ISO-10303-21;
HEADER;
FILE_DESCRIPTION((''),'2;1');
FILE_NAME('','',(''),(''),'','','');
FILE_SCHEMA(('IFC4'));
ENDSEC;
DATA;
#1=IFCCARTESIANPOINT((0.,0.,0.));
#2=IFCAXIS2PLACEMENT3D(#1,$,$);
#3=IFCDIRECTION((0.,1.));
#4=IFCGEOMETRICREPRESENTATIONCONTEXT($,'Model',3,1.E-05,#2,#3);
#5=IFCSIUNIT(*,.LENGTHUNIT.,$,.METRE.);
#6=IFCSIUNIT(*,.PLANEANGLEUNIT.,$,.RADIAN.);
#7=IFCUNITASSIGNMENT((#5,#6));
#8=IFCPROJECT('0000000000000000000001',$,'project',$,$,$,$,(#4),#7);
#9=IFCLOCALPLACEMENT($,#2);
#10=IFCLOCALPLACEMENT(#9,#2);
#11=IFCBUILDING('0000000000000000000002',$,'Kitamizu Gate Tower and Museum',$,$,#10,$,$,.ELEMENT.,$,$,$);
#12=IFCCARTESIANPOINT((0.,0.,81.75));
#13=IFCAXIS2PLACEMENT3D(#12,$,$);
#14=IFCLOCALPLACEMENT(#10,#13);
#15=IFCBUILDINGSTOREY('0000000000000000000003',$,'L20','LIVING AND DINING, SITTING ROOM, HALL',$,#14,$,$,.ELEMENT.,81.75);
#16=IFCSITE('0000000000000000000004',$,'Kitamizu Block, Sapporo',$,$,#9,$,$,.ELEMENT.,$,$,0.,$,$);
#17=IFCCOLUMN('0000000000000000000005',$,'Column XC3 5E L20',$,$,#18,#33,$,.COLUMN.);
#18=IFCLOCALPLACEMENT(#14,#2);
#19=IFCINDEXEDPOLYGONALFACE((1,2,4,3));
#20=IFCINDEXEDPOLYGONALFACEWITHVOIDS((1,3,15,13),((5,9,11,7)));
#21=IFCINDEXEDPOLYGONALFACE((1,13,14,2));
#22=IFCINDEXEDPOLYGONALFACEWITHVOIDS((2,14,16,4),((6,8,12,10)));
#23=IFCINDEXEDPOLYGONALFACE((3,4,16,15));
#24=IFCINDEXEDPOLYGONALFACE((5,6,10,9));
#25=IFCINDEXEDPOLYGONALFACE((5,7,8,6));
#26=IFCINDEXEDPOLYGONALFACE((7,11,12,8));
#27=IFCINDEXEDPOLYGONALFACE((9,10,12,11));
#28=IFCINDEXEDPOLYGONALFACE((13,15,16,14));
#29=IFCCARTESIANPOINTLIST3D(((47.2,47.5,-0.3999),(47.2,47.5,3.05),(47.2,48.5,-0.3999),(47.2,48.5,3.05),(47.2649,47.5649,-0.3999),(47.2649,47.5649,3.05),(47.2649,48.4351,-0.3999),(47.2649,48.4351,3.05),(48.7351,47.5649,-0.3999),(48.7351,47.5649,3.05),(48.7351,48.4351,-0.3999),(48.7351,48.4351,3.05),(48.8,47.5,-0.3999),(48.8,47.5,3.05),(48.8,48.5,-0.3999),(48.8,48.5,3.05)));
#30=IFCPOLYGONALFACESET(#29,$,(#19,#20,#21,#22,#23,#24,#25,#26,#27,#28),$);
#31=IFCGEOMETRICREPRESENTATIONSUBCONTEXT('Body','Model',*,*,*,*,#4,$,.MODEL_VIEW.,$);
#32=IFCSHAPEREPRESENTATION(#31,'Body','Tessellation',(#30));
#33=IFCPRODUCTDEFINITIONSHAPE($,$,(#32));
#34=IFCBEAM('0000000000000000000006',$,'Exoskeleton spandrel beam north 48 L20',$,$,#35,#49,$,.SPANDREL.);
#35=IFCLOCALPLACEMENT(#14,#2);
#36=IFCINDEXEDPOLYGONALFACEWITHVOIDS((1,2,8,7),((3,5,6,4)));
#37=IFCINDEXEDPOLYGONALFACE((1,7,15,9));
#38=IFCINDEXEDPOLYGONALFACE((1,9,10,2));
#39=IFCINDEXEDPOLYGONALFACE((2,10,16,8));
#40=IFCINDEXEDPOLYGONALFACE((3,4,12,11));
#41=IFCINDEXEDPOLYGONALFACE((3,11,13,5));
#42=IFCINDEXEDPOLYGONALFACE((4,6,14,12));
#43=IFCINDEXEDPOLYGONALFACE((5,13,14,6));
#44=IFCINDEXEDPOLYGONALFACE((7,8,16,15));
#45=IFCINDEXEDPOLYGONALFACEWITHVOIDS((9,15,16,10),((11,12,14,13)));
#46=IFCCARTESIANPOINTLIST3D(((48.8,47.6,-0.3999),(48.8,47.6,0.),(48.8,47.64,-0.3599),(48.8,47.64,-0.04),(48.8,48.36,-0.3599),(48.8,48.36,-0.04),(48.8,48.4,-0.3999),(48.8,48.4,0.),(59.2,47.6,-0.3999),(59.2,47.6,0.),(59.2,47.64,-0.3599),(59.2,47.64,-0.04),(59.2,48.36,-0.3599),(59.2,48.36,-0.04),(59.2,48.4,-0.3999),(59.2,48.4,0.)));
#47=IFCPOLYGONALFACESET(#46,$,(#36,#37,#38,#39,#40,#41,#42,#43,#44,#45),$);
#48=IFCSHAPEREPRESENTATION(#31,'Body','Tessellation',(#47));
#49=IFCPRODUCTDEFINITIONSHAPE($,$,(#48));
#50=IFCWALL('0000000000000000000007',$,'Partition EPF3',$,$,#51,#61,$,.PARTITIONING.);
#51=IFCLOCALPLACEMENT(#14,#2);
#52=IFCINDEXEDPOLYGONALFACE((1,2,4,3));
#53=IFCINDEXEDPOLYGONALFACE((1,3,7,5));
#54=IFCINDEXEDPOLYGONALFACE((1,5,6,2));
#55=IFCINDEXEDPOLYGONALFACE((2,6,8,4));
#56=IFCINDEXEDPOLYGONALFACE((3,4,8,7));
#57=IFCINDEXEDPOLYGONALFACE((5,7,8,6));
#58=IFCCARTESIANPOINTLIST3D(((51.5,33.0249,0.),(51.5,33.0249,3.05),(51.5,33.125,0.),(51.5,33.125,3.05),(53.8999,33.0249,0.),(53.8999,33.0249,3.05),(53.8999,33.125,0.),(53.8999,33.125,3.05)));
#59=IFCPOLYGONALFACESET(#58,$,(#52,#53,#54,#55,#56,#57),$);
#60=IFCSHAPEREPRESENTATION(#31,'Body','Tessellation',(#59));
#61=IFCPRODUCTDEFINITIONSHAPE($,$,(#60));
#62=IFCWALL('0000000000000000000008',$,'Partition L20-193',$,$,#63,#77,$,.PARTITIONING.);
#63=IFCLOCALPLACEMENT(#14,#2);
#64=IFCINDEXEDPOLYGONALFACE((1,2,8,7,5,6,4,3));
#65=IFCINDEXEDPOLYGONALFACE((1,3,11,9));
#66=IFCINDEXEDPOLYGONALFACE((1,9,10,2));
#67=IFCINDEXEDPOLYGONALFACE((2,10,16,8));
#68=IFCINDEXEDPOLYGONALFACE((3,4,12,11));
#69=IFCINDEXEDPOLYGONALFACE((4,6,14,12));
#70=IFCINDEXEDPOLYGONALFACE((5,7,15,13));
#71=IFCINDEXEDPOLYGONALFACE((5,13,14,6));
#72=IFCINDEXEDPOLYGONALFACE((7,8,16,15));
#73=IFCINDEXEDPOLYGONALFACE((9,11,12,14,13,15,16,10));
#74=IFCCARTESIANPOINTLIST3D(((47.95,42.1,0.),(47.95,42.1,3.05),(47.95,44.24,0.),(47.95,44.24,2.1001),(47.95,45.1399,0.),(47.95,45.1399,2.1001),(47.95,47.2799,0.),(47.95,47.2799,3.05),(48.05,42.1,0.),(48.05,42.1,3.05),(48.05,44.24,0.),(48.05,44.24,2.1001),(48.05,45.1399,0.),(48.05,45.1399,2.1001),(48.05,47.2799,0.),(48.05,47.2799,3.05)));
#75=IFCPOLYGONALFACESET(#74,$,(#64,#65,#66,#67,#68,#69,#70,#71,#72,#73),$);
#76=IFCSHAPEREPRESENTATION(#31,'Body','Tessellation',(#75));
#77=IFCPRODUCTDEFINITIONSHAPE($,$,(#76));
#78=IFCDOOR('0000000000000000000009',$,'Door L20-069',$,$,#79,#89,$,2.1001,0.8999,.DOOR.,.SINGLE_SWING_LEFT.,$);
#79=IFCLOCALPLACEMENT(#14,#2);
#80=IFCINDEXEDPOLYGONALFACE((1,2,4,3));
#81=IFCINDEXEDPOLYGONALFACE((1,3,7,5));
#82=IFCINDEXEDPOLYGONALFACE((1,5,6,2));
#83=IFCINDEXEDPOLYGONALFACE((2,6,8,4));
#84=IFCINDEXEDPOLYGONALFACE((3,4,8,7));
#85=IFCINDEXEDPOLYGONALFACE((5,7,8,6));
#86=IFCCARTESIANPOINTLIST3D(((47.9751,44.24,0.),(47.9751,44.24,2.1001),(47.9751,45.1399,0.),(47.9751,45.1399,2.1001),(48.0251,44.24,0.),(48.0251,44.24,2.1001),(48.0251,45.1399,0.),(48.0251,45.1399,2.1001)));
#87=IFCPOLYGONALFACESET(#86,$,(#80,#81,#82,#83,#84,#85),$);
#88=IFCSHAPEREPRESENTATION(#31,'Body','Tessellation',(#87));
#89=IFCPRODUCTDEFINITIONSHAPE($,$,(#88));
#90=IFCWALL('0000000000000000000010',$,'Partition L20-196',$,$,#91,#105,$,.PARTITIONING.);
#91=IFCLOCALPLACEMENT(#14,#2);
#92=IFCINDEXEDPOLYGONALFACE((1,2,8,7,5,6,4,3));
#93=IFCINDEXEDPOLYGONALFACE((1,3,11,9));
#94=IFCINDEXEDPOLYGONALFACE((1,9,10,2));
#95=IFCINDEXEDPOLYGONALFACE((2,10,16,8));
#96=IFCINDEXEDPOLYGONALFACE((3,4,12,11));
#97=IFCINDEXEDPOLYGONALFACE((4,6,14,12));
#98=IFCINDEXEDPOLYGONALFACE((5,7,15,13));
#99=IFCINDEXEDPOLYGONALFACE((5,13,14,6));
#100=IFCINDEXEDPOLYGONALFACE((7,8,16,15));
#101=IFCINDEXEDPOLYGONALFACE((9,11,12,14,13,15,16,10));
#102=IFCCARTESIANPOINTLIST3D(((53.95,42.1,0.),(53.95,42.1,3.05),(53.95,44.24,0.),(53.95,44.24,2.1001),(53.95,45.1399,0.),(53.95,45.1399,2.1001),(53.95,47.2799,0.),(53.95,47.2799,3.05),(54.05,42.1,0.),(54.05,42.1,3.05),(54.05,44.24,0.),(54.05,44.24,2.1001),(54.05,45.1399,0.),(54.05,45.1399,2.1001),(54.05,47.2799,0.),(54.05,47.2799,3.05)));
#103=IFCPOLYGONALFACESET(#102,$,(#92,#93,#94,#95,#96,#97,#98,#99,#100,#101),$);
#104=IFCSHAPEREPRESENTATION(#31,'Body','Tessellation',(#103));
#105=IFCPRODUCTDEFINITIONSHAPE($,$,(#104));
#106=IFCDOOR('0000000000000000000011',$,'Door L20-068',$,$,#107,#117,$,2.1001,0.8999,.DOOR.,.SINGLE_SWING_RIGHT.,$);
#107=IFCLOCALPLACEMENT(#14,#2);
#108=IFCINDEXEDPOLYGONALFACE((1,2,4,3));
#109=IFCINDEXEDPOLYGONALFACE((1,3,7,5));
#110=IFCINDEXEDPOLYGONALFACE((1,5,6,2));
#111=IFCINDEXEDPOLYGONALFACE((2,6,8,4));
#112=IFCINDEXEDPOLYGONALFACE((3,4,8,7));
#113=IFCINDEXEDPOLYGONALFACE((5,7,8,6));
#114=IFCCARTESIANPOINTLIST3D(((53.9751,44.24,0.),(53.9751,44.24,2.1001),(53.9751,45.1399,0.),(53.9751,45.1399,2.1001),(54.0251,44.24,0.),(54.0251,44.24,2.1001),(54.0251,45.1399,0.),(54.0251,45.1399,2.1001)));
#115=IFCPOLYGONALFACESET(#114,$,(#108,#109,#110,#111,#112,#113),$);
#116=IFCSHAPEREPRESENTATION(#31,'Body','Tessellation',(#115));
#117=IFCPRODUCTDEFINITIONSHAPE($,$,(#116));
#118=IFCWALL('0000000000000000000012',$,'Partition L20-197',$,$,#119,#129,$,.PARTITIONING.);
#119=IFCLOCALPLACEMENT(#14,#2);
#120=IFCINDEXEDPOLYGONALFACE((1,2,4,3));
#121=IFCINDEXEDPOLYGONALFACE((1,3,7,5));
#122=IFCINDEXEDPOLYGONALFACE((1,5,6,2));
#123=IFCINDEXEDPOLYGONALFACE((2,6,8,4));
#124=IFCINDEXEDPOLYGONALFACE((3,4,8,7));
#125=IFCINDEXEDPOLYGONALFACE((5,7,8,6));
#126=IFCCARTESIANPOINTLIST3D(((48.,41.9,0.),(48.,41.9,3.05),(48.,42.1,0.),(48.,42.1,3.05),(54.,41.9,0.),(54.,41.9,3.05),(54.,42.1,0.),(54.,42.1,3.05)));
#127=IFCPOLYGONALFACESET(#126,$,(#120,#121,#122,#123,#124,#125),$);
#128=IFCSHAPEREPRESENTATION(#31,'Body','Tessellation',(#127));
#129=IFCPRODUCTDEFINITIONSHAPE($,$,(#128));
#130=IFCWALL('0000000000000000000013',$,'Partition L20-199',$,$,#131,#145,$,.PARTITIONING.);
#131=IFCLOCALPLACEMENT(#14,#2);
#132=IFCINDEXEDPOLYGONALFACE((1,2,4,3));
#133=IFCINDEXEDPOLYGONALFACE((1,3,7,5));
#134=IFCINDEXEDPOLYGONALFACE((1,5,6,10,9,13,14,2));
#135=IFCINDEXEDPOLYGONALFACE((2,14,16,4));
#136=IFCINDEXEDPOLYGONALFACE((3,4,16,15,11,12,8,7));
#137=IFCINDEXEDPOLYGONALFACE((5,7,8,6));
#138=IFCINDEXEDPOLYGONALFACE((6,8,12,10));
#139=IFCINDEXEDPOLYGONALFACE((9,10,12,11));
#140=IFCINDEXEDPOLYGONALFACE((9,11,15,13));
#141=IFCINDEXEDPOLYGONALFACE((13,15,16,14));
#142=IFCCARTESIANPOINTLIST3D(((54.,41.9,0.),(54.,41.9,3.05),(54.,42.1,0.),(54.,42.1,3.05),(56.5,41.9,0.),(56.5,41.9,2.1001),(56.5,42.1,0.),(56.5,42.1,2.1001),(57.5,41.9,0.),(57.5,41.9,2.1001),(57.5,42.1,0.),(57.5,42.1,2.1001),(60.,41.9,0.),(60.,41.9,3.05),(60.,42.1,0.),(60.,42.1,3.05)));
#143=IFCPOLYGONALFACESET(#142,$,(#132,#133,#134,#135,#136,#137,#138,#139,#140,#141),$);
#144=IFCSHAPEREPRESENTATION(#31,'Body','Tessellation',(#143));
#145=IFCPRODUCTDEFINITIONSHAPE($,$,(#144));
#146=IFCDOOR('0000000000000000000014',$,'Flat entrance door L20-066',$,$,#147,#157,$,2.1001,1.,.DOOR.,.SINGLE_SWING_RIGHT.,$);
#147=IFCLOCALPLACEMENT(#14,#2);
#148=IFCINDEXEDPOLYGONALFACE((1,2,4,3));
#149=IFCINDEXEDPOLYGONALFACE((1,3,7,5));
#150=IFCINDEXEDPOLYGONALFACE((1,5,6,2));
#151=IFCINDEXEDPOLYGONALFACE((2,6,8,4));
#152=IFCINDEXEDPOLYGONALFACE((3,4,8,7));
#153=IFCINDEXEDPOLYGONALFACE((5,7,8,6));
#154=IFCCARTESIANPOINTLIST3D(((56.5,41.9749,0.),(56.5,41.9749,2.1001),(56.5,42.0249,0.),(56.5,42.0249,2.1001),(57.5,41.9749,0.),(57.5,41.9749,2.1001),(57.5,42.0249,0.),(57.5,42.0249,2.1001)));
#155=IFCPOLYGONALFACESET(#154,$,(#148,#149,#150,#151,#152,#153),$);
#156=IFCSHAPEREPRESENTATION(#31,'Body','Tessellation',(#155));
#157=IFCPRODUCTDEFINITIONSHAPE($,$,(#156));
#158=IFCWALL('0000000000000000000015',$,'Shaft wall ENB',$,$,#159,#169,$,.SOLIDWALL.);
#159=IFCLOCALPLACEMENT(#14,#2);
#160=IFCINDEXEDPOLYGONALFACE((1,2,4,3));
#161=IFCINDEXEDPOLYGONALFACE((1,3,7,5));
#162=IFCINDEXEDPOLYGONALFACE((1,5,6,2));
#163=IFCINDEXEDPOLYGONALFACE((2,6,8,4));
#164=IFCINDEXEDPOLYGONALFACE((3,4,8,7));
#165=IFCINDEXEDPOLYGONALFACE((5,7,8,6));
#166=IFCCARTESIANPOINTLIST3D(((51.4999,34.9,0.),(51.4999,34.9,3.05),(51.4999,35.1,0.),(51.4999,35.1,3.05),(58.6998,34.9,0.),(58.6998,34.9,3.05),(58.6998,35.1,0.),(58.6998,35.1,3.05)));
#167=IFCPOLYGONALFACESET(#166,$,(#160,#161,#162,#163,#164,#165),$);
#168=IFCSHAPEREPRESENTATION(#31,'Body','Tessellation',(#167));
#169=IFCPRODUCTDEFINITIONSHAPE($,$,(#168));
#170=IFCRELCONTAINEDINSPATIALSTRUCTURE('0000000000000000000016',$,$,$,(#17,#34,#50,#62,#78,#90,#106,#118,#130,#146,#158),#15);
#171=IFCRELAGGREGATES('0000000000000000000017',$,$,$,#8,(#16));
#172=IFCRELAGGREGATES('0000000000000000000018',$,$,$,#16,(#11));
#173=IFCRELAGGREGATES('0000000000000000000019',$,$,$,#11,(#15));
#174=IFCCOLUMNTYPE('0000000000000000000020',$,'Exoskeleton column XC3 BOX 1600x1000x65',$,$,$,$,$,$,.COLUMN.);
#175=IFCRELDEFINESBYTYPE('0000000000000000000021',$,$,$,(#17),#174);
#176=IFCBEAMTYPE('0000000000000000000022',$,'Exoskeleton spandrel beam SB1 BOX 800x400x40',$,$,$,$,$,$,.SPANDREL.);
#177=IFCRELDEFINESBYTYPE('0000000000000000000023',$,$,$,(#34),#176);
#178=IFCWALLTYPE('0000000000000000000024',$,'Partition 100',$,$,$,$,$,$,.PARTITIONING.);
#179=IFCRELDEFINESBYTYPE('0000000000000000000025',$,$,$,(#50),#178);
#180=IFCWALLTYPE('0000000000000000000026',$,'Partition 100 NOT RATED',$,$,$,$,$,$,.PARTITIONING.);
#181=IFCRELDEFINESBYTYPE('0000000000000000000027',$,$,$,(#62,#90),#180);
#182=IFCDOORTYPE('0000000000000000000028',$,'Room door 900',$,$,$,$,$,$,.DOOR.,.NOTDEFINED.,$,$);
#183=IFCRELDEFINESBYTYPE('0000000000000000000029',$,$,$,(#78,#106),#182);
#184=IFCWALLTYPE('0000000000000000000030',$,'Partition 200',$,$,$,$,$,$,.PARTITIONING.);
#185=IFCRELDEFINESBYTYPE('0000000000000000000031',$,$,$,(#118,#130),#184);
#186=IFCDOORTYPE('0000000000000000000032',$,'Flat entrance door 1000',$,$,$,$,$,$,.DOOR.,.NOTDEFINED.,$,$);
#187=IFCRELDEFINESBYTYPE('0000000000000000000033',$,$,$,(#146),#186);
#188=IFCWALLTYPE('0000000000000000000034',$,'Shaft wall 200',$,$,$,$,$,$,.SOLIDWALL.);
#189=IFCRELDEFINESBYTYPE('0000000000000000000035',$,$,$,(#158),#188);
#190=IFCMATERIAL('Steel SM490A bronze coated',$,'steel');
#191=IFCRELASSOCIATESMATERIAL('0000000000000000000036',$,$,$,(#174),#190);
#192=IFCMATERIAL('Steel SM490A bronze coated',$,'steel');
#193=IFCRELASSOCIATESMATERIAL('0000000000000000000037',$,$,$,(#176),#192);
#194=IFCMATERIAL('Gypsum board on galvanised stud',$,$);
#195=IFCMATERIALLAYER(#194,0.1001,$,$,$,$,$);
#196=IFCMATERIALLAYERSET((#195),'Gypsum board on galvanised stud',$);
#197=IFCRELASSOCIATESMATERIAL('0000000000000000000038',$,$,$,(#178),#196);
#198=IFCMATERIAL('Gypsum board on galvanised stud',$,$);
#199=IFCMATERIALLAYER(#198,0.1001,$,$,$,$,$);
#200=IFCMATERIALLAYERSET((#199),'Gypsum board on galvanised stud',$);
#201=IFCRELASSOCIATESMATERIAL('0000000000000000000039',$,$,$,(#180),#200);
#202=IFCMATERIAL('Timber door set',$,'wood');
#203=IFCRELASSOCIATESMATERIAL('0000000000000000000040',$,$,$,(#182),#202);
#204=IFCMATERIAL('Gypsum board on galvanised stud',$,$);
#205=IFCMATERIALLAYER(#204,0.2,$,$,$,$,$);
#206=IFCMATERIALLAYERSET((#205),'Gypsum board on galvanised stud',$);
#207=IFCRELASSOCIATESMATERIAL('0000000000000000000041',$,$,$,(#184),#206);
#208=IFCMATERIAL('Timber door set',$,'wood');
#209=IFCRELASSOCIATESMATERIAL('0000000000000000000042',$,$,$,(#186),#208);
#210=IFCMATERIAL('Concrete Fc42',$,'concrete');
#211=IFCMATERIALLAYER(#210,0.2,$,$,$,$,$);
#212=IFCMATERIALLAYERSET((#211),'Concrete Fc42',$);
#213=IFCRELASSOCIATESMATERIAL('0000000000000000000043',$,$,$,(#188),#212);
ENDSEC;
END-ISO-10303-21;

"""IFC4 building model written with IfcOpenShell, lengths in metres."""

from ifc_helpers import new_model, si_unit, direction, frame, frame_2d, origin, origin_2d, place, context, subcontext, project, spatial, rectangle, hollow_rectangle, extrude, material, layer, layer_set, material_profile, profile_set, type_object, element, fill, save


model = new_model("IFC4")

# Units and contexts
model_context = context("Model", 3, precision=1e-05, world=origin(), true_north=direction((0.0, 1.0)))
body_context = subcontext(model_context, "Body", "Model", "MODEL_VIEW")
ifc_project = project(units=[si_unit("LENGTHUNIT", "METRE"), si_unit("PLANEANGLEUNIT", "RADIAN")], contexts=[model_context])

# Site, building, storey
site_placement = place(None, origin())
site = spatial("IfcSite", under=ifc_project, at=site_placement, Name="Kitamizu Block, Sapporo", CompositionType="ELEMENT", RefElevation=0.0)
building_placement = place(site_placement, origin())
building = spatial("IfcBuilding", under=site, at=building_placement, Name="Kitamizu Gate Tower and Museum", CompositionType="ELEMENT")
storey_placement = place(building_placement, frame((0.0, 0.0, 81.75)))
storey = spatial("IfcBuildingStorey", under=building, at=storey_placement, Name="L20", Description="LIVING AND DINING, SITTING ROOM, HALL", CompositionType="ELEMENT", Elevation=81.75)

# Column
ifc_material_1 = material(Name="Steel SM490A bronze coated", Category="steel")
ifc_material_profile_1 = material_profile(ifc_material_1, hollow_rectangle(XDim=1.6001, YDim=1.0, WallThickness=0.0649, at=origin_2d()), Name="BOX 1600x1000x65")
ifc_profile_set_1 = profile_set([ifc_material_profile_1], Name="Steel SM490A bronze coated")
column_type = type_object("IfcColumnType", Name="Exoskeleton column XC3 BOX 1600x1000x65", PredefinedType="COLUMN", material=ifc_profile_set_1)
column_placement = place(storey_placement, frame((48.0, 48.0, -0.3999), z_axis=(0.0, 0.0, 1.0), x_axis=(1.0, 0.0, 0.0)))
element("IfcColumn", 1, at=column_placement, inside=storey, type_object=column_type, Name="Column XC3 5E L20", PredefinedType="COLUMN", context=body_context, shape_type="SweptSolid", body=[
    extrude(hollow_rectangle(XDim=1.6001, YDim=1.0, WallThickness=0.0649, at=origin_2d()), origin(), (0.0, 0.0, 1.0), 3.45),
])

# Beam
ifc_material_2 = material(Name="Steel SM490A bronze coated", Category="steel")
ifc_material_profile_2 = material_profile(ifc_material_2, hollow_rectangle(XDim=0.8, YDim=0.3999, WallThickness=0.04, at=origin_2d()), Name="BOX 800x400x40")
ifc_profile_set_2 = profile_set([ifc_material_profile_2], Name="Steel SM490A bronze coated")
beam_type = type_object("IfcBeamType", Name="Exoskeleton spandrel beam SB1 BOX 800x400x40", PredefinedType="SPANDREL", material=ifc_profile_set_2)
beam_placement = place(storey_placement, frame((48.8, 48.0, -0.2), z_axis=(1.0, 0.0, 0.0), x_axis=(0.0, 1.0, 0.0)))
element("IfcBeam", 2, at=beam_placement, inside=storey, type_object=beam_type, Name="Exoskeleton spandrel beam north 48 L20", PredefinedType="SPANDREL", context=body_context, shape_type="SweptSolid", body=[
    extrude(hollow_rectangle(XDim=0.8, YDim=0.3999, WallThickness=0.04, at=origin_2d()), origin(), (0.0, 0.0, 1.0), 10.3999),
])

# Wall
ifc_material_3 = material(Name="Gypsum board on galvanised stud")
ifc_layer_1 = layer(ifc_material_3, 0.1001)
ifc_layer_set_1 = layer_set([ifc_layer_1], Name="Gypsum board on galvanised stud")
wall_type_1 = type_object("IfcWallType", Name="Partition 100", PredefinedType="PARTITIONING", material=ifc_layer_set_1)
wall_1_placement = place(storey_placement, frame((53.8999, 33.075, 0.0), z_axis=(0.0, 0.0, 1.0), x_axis=(-1.0, 0.0, 0.0)))
element("IfcWall", 3, at=wall_1_placement, inside=storey, type_object=wall_type_1, Name="Partition EPF3", PredefinedType="PARTITIONING", context=body_context, shape_type="SweptSolid", body=[
    extrude(rectangle(XDim=2.3999, YDim=0.1001, at=frame_2d((1.2, 0.0))), origin(), (0.0, 0.0, 1.0), 3.05),
])

# Walls, openings, doors
ifc_material_4 = material(Name="Gypsum board on galvanised stud")
ifc_layer_2 = layer(ifc_material_4, 0.1001)
ifc_layer_set_2 = layer_set([ifc_layer_2], Name="Gypsum board on galvanised stud")
wall_type_2 = type_object("IfcWallType", Name="Partition 100 NOT RATED", PredefinedType="PARTITIONING", material=ifc_layer_set_2)
wall_2_placement = place(storey_placement, frame((48.0, 42.1001, 0.0), z_axis=(0.0, 0.0, 1.0), x_axis=(0.0, 1.0, 0.0)))
wall_2 = element("IfcWall", 4, at=wall_2_placement, inside=storey, type_object=wall_type_2, Name="Partition L20-193", PredefinedType="PARTITIONING", context=body_context, shape_type="SweptSolid", body=[
    extrude(rectangle(XDim=5.1799, YDim=0.1001, at=frame_2d((2.5898, 0.0))), origin(), (0.0, 0.0, 1.0), 3.05),
])
opening_1_placement = place(wall_2_placement, frame((2.1399, 0.0, 0.0)))
opening_1 = element("IfcOpeningElement", 5, at=opening_1_placement, cuts=wall_2, PredefinedType="OPENING", context=body_context, shape_type="SweptSolid", body=[
    extrude(rectangle(XDim=0.8999, YDim=2.1001, at=frame_2d((0.45, 1.05))), frame((0.0, 0.0601, 0.0), z_axis=(0.0, -1.0, 0.0), x_axis=(1.0, 0.0, 0.0)), (0.0, 0.0, 1.0), 0.1201),
])
ifc_material_5 = material(Name="Timber door set", Category="wood")
door_type_1 = type_object("IfcDoorType", Name="Room door 900", OperationType="NOTDEFINED", PredefinedType="DOOR", material=ifc_material_5)
door_1_placement = place(opening_1_placement, origin())
door_1 = element("IfcDoor", 6, at=door_1_placement, inside=storey, type_object=door_type_1, Name="Door L20-069", OperationType="SINGLE_SWING_LEFT", OverallHeight=2.1001, OverallWidth=0.8999, PredefinedType="DOOR", context=body_context, shape_type="SweptSolid", body=[
    extrude(rectangle(XDim=0.8999, YDim=2.1001, at=frame_2d((0.45, 1.05))), frame((0.0, 0.0249, 0.0), z_axis=(0.0, -1.0, 0.0), x_axis=(1.0, 0.0, 0.0)), (0.0, 0.0, 1.0), 0.05),
])
fill(opening_1, door_1)
wall_3_placement = place(storey_placement, frame((54.0, 42.1001, 0.0), z_axis=(0.0, 0.0, 1.0), x_axis=(0.0, 1.0, 0.0)))
wall_3 = element("IfcWall", 7, at=wall_3_placement, inside=storey, type_object=wall_type_2, Name="Partition L20-196", PredefinedType="PARTITIONING", context=body_context, shape_type="SweptSolid", body=[
    extrude(rectangle(XDim=5.1799, YDim=0.1001, at=frame_2d((2.5898, 0.0))), origin(), (0.0, 0.0, 1.0), 3.05),
])
opening_2_placement = place(wall_3_placement, frame((2.1399, 0.0, 0.0)))
opening_2 = element("IfcOpeningElement", 8, at=opening_2_placement, cuts=wall_3, PredefinedType="OPENING", context=body_context, shape_type="SweptSolid", body=[
    extrude(rectangle(XDim=0.8999, YDim=2.1001, at=frame_2d((0.45, 1.05))), frame((0.0, 0.0601, 0.0), z_axis=(0.0, -1.0, 0.0), x_axis=(1.0, 0.0, 0.0)), (0.0, 0.0, 1.0), 0.1201),
])
door_2_placement = place(opening_2_placement, origin())
door_2 = element("IfcDoor", 9, at=door_2_placement, inside=storey, type_object=door_type_1, Name="Door L20-068", OperationType="SINGLE_SWING_RIGHT", OverallHeight=2.1001, OverallWidth=0.8999, PredefinedType="DOOR", context=body_context, shape_type="SweptSolid", body=[
    extrude(rectangle(XDim=0.8999, YDim=2.1001, at=frame_2d((0.45, 1.05))), frame((0.0, 0.0249, 0.0), z_axis=(0.0, -1.0, 0.0), x_axis=(1.0, 0.0, 0.0)), (0.0, 0.0, 1.0), 0.05),
])
fill(opening_2, door_2)

# Wall
ifc_material_6 = material(Name="Gypsum board on galvanised stud")
ifc_layer_3 = layer(ifc_material_6, 0.2)
ifc_layer_set_3 = layer_set([ifc_layer_3], Name="Gypsum board on galvanised stud")
wall_type_3 = type_object("IfcWallType", Name="Partition 200", PredefinedType="PARTITIONING", material=ifc_layer_set_3)
wall_4_placement = place(storey_placement, frame((48.0, 42.0, 0.0), z_axis=(0.0, 0.0, 1.0), x_axis=(1.0, 0.0, 0.0)))
element("IfcWall", 10, at=wall_4_placement, inside=storey, type_object=wall_type_3, Name="Partition L20-197", PredefinedType="PARTITIONING", context=body_context, shape_type="SweptSolid", body=[
    extrude(rectangle(XDim=6.0, YDim=0.2, at=frame_2d((3.0, 0.0))), origin(), (0.0, 0.0, 1.0), 3.05),
])

# Wall, opening, door
wall_5_placement = place(storey_placement, frame((54.0, 42.0, 0.0), z_axis=(0.0, 0.0, 1.0), x_axis=(1.0, 0.0, 0.0)))
wall_5 = element("IfcWall", 11, at=wall_5_placement, inside=storey, type_object=wall_type_3, Name="Partition L20-199", PredefinedType="PARTITIONING", context=body_context, shape_type="SweptSolid", body=[
    extrude(rectangle(XDim=6.0, YDim=0.2, at=frame_2d((3.0, 0.0))), origin(), (0.0, 0.0, 1.0), 3.05),
])
opening_3_placement = place(wall_5_placement, frame((2.5, 0.0, 0.0)))
opening_3 = element("IfcOpeningElement", 12, at=opening_3_placement, cuts=wall_5, PredefinedType="OPENING", context=body_context, shape_type="SweptSolid", body=[
    extrude(rectangle(XDim=1.0, YDim=2.1001, at=frame_2d((0.5, 1.05))), frame((0.0, 0.1099, 0.0), z_axis=(0.0, -1.0, 0.0), x_axis=(1.0, 0.0, 0.0)), (0.0, 0.0, 1.0), 0.22),
])
ifc_material_7 = material(Name="Timber door set", Category="wood")
door_type_2 = type_object("IfcDoorType", Name="Flat entrance door 1000", OperationType="NOTDEFINED", PredefinedType="DOOR", material=ifc_material_7)
door_3_placement = place(opening_3_placement, origin())
door_3 = element("IfcDoor", 13, at=door_3_placement, inside=storey, type_object=door_type_2, Name="Flat entrance door L20-066", OperationType="SINGLE_SWING_RIGHT", OverallHeight=2.1001, OverallWidth=1.0, PredefinedType="DOOR", context=body_context, shape_type="SweptSolid", body=[
    extrude(rectangle(XDim=1.0, YDim=2.1001, at=frame_2d((0.5, 1.05))), frame((0.0, 0.0249, 0.0), z_axis=(0.0, -1.0, 0.0), x_axis=(1.0, 0.0, 0.0)), (0.0, 0.0, 1.0), 0.05),
])
fill(opening_3, door_3)

# Wall
ifc_material_8 = material(Name="Concrete Fc42", Category="concrete")
ifc_layer_4 = layer(ifc_material_8, 0.2)
ifc_layer_set_4 = layer_set([ifc_layer_4], Name="Concrete Fc42")
wall_type_4 = type_object("IfcWallType", Name="Shaft wall 200", PredefinedType="SOLIDWALL", material=ifc_layer_set_4)
wall_6_placement = place(storey_placement, frame((58.7, 35.0, 0.0), z_axis=(0.0, 0.0, 1.0), x_axis=(-1.0, 0.0, 0.0)))
element("IfcWall", 14, at=wall_6_placement, inside=storey, type_object=wall_type_4, Name="Shaft wall ENB", PredefinedType="SOLIDWALL", context=body_context, shape_type="SweptSolid", body=[
    extrude(rectangle(XDim=7.2, YDim=0.2, at=frame_2d((3.6001, 0.0))), origin(), (0.0, 0.0, 1.0), 3.05),
])

save(model, "model.ifc")
